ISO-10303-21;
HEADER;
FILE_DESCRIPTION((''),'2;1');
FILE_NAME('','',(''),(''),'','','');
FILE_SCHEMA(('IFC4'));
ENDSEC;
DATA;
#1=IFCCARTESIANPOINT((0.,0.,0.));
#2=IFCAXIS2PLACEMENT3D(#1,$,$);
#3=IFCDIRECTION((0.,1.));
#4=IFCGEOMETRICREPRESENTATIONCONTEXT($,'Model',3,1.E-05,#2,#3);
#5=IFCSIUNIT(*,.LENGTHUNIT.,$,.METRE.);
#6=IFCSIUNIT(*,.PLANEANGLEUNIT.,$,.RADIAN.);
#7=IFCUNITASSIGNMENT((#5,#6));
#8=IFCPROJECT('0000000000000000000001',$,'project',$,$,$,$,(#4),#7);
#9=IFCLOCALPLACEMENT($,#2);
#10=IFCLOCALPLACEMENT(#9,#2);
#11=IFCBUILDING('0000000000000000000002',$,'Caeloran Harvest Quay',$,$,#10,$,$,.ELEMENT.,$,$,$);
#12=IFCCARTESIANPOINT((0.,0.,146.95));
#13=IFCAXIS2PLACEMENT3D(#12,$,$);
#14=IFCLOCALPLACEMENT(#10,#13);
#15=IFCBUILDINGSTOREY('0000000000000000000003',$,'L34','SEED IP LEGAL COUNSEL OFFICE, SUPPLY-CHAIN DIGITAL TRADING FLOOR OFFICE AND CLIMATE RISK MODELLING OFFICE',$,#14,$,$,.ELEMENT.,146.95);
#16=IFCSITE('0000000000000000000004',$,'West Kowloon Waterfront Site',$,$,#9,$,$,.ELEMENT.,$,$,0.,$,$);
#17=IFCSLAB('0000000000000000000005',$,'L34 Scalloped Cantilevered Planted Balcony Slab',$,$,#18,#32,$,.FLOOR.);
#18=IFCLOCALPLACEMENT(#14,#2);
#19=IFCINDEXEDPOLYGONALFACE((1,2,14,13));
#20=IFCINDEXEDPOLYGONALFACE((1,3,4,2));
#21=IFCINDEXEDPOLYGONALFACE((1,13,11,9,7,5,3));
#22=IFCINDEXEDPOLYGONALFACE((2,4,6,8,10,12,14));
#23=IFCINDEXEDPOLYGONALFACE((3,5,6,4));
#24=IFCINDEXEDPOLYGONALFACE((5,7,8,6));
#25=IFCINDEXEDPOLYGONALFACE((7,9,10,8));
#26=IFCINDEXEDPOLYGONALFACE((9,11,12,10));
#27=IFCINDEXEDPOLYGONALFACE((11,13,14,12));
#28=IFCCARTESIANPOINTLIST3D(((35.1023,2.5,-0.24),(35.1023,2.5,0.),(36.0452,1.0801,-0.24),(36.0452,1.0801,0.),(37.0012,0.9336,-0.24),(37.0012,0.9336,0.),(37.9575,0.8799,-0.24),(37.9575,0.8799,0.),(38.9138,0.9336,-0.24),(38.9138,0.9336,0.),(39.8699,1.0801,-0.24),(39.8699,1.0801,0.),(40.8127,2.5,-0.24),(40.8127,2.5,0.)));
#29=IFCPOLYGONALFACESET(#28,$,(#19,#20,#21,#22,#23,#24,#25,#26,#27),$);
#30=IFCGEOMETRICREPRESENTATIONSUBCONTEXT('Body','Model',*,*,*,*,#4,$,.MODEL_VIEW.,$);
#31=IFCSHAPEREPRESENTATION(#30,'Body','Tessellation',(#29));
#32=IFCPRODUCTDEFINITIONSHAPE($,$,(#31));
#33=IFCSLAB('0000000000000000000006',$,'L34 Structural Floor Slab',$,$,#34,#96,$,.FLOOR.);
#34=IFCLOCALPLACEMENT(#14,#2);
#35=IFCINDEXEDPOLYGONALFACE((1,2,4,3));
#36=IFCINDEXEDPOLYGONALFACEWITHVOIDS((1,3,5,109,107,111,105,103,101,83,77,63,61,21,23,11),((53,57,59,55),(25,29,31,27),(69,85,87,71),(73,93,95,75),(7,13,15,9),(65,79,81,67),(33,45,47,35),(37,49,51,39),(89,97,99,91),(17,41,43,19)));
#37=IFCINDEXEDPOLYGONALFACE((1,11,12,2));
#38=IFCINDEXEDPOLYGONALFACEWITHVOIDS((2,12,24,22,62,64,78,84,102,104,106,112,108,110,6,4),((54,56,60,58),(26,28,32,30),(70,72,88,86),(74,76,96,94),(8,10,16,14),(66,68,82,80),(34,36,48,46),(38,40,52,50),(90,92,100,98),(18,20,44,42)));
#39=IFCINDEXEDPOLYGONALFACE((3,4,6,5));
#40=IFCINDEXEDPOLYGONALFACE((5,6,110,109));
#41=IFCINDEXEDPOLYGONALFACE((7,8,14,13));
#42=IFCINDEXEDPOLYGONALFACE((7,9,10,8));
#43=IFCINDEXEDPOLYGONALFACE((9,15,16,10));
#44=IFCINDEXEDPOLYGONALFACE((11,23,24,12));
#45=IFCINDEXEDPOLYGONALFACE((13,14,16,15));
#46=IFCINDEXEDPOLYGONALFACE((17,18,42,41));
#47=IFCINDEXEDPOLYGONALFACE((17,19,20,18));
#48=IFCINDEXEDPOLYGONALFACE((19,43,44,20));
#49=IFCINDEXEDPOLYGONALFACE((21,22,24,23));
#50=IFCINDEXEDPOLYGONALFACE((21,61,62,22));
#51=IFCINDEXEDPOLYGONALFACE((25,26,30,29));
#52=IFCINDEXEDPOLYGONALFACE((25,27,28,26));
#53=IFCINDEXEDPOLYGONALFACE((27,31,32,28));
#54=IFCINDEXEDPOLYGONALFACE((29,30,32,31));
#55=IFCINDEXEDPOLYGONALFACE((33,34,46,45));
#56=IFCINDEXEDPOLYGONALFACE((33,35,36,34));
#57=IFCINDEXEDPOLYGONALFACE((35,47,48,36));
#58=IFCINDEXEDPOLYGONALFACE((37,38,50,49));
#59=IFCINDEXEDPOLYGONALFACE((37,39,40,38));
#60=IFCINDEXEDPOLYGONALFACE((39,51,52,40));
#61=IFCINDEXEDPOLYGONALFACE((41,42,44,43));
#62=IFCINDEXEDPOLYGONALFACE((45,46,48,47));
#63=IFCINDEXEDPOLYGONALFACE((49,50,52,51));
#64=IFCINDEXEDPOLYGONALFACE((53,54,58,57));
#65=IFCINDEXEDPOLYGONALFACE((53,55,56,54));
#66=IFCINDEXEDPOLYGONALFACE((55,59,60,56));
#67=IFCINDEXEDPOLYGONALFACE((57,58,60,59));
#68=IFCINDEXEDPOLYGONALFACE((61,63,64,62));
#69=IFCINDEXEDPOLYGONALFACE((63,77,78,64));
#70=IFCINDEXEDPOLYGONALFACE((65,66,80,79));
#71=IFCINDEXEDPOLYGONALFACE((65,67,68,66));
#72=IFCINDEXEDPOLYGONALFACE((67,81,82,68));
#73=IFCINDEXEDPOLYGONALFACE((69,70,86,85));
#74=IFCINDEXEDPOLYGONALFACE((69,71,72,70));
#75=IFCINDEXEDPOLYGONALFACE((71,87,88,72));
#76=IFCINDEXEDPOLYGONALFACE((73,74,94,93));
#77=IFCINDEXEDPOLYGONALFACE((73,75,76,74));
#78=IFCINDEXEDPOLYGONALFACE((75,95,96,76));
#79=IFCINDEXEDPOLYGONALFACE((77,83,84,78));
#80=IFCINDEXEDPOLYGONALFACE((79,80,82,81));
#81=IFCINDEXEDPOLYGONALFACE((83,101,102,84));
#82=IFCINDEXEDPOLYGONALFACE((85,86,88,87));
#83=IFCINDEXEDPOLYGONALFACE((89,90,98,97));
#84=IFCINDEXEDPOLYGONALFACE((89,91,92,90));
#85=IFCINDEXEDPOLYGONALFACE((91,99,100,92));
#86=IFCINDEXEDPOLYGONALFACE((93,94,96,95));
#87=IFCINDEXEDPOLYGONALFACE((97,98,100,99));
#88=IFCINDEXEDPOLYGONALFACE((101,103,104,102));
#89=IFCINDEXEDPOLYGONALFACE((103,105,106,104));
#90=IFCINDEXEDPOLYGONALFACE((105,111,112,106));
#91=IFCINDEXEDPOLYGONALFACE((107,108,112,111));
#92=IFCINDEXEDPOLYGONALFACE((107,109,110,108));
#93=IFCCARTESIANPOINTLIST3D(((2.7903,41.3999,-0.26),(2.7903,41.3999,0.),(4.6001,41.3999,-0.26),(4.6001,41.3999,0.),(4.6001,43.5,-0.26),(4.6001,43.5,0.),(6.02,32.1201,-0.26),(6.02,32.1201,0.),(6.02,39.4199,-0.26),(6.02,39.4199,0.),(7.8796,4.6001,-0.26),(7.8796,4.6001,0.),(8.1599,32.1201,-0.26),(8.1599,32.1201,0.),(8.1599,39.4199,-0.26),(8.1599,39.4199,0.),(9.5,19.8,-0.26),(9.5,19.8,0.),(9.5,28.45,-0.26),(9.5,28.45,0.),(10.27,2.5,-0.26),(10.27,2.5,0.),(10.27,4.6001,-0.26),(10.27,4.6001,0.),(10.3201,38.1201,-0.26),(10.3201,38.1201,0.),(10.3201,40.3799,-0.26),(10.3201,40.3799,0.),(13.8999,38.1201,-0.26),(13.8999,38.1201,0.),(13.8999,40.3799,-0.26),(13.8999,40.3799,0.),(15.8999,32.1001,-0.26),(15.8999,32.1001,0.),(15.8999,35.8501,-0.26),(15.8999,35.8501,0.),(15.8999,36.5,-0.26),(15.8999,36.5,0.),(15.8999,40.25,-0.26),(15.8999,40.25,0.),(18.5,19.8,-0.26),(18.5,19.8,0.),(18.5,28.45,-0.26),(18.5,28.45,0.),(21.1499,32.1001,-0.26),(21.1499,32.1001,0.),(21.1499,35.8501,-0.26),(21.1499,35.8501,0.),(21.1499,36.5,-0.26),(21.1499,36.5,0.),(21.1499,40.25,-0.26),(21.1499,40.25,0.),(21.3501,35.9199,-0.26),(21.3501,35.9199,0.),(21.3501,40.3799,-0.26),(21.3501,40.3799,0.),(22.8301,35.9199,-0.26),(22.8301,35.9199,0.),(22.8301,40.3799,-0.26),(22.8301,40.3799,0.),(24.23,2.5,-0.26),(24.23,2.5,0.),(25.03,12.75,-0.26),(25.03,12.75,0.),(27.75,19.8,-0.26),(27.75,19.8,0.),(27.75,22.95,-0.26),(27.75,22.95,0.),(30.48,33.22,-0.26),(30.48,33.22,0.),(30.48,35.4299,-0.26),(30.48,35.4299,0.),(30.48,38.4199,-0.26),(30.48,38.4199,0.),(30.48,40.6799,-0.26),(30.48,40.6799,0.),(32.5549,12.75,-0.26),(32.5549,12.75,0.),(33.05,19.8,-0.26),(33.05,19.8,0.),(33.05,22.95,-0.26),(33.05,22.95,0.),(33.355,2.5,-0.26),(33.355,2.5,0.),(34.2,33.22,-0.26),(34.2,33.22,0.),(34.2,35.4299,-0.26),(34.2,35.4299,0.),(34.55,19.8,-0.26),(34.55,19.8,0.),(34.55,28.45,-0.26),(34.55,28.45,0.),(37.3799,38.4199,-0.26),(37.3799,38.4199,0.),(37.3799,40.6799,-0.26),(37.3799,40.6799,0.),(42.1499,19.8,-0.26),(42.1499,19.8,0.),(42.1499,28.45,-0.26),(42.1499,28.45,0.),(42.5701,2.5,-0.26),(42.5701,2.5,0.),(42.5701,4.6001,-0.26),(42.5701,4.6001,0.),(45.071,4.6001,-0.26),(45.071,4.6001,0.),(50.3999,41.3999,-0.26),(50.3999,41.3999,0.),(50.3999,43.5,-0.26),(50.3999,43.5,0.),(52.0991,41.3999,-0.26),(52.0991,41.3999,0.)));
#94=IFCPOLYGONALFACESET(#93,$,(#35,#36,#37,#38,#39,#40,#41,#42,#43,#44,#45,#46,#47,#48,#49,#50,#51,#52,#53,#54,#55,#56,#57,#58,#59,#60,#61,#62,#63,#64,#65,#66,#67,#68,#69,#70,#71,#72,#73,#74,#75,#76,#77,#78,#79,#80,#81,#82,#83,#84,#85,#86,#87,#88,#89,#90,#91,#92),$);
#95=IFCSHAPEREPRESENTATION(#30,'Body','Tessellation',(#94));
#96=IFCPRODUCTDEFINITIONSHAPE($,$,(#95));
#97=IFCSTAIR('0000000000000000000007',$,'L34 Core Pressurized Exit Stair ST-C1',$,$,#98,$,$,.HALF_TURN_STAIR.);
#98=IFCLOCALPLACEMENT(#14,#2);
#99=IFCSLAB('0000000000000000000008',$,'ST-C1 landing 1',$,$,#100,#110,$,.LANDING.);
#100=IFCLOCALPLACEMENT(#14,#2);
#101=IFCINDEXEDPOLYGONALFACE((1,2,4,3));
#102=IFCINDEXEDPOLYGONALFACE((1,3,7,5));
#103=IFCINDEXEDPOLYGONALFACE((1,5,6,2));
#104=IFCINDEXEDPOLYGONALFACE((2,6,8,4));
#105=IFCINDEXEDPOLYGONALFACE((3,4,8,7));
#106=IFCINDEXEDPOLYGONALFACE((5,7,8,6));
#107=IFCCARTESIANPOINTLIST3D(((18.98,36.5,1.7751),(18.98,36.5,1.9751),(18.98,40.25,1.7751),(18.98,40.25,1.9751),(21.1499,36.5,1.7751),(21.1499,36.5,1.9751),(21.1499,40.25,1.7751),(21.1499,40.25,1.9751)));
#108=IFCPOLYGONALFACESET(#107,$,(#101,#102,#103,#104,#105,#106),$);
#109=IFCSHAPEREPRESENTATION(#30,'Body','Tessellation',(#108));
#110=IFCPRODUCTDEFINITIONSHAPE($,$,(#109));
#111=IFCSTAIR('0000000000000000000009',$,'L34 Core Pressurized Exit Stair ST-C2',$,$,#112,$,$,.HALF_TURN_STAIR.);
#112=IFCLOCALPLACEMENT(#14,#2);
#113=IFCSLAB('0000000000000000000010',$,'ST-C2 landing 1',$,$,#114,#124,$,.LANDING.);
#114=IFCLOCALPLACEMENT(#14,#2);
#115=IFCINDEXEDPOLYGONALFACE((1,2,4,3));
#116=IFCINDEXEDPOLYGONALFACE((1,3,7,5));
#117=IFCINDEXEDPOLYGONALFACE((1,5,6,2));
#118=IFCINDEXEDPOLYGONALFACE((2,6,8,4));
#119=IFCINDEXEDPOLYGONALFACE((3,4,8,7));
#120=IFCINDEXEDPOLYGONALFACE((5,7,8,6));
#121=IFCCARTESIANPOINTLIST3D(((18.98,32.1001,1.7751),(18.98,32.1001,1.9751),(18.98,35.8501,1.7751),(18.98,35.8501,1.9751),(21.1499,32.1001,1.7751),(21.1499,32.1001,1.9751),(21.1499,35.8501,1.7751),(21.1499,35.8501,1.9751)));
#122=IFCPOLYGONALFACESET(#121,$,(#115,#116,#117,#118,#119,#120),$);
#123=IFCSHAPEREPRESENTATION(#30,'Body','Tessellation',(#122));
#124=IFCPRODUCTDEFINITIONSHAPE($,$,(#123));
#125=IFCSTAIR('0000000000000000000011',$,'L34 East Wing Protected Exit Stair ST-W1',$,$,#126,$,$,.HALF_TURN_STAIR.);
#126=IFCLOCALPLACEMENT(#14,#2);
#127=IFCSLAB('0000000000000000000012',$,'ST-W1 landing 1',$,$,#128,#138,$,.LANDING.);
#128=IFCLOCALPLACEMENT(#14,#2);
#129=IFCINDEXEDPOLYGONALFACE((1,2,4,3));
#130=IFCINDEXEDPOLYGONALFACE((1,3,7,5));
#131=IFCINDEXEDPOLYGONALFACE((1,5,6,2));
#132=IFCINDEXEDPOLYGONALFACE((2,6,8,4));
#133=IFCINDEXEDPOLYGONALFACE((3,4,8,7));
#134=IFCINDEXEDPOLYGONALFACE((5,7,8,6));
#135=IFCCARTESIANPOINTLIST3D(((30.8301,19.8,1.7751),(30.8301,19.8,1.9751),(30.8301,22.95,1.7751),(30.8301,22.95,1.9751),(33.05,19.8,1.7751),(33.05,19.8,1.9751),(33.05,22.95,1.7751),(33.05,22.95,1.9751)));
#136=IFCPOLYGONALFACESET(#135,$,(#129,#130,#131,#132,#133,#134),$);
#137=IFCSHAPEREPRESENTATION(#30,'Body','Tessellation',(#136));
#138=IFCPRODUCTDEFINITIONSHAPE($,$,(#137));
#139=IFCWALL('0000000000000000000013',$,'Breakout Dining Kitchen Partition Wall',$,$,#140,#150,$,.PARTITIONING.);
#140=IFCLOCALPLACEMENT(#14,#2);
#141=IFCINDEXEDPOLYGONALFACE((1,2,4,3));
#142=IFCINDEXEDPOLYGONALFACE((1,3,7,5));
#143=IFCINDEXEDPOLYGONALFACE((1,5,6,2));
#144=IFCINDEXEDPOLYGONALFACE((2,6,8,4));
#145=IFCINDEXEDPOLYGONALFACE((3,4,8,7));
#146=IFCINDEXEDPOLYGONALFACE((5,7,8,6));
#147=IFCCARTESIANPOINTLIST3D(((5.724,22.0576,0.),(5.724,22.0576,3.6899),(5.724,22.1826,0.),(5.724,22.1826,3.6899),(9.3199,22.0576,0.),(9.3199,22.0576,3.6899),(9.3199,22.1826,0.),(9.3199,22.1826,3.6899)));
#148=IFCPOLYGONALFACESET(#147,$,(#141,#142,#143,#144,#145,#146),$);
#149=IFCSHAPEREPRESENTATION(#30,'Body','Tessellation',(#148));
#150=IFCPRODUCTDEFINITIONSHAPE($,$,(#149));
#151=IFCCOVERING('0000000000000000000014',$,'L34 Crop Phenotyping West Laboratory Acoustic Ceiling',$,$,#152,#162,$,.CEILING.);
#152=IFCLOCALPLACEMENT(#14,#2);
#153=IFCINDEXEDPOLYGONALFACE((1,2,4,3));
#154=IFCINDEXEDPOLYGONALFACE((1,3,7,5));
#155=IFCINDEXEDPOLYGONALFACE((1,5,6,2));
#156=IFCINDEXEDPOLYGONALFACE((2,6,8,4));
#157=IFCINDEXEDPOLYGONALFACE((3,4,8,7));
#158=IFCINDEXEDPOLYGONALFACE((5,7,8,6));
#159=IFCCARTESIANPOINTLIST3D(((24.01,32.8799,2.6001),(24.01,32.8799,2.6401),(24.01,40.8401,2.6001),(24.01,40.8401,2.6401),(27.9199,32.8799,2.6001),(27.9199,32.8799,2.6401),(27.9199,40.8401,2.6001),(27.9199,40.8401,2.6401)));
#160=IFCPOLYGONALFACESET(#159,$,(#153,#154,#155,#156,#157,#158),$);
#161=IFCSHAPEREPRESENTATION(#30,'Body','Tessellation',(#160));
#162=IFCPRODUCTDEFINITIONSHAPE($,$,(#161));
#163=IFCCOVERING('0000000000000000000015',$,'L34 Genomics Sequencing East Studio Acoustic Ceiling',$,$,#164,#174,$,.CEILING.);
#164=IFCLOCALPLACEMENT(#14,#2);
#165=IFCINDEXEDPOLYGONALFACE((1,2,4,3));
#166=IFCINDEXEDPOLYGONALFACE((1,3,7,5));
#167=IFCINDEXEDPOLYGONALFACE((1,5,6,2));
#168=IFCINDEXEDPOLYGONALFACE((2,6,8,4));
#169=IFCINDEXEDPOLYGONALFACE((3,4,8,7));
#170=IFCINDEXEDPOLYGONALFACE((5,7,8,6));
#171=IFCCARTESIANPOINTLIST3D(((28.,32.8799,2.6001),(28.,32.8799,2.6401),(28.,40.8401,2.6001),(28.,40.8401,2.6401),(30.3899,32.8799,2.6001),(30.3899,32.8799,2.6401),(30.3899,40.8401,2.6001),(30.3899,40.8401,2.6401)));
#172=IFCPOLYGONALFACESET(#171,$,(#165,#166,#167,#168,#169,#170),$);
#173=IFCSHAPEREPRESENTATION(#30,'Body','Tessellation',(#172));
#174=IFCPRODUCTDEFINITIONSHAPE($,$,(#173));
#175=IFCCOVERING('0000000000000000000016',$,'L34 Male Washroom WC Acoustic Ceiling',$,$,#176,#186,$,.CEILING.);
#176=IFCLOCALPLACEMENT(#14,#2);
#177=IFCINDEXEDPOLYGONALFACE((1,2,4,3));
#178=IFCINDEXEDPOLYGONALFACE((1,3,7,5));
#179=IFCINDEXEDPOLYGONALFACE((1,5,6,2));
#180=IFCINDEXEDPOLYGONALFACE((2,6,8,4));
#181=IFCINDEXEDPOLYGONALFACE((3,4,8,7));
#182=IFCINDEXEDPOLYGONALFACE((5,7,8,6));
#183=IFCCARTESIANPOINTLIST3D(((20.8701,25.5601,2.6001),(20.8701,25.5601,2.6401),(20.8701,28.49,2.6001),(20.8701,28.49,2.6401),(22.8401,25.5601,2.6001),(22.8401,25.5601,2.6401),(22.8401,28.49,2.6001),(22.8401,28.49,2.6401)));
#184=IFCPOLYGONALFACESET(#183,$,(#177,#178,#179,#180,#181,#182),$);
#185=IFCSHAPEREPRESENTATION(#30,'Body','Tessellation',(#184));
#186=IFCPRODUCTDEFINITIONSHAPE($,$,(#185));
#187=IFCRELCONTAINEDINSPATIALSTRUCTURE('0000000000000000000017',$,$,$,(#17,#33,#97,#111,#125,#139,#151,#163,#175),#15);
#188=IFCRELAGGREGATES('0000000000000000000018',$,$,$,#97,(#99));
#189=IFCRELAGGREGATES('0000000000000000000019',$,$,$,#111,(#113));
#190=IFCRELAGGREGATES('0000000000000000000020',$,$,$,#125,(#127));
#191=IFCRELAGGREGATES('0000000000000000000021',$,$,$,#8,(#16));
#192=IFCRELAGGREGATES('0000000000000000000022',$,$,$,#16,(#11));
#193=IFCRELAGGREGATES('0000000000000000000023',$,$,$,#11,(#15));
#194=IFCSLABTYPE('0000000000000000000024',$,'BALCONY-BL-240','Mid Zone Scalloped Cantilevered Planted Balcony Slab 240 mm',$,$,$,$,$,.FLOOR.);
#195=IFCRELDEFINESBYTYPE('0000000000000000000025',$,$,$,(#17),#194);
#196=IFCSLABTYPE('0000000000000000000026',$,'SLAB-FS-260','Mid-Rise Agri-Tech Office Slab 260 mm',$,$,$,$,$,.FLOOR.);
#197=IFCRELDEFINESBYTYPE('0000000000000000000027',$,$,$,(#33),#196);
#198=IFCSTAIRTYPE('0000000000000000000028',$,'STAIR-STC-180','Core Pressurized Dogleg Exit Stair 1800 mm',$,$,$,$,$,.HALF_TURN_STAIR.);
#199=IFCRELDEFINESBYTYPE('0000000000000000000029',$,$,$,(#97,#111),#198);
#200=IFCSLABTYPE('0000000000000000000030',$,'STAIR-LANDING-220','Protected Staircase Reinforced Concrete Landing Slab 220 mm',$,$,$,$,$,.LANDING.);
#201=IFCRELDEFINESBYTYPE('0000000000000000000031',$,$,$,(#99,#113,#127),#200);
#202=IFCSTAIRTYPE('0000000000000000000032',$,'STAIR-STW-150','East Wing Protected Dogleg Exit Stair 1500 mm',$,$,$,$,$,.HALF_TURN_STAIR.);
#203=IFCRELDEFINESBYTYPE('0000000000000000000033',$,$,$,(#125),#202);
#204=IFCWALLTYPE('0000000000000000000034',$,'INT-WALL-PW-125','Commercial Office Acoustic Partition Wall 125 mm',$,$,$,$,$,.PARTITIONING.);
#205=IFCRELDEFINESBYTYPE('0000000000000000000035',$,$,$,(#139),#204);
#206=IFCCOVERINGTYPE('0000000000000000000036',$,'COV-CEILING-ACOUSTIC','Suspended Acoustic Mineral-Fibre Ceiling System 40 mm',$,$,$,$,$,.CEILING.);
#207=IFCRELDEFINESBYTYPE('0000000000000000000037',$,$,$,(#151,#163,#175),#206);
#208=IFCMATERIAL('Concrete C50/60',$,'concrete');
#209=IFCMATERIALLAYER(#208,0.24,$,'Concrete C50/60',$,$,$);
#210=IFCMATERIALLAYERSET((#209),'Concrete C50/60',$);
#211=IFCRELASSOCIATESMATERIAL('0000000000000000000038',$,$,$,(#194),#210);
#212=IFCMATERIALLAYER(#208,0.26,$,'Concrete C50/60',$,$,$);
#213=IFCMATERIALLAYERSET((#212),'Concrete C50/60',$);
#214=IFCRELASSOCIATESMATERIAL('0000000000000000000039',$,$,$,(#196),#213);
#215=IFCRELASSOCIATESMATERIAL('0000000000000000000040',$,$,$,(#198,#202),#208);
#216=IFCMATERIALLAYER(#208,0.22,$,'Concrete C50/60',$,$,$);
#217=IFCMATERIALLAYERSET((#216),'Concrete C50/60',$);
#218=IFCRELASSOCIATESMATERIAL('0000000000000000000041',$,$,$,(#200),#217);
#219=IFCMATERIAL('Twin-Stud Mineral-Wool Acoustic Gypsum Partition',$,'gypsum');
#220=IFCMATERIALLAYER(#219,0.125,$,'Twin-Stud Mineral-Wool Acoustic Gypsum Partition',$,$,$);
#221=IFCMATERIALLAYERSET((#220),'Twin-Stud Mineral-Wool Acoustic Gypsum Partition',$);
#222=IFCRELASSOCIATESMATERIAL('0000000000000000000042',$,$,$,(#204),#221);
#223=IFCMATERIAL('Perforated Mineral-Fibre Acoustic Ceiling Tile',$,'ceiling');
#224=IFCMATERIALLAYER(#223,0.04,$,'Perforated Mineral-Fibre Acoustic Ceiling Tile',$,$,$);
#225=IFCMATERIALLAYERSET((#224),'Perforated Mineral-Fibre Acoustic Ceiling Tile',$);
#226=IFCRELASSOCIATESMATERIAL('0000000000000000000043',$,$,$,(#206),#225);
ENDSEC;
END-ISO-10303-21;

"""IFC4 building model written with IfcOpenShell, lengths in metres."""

from ifc_helpers import new_model, si_unit, direction, frame, frame_2d, origin, place, context, subcontext, project, spatial, polyline, rectangle, outline, extrude, material, layer, layer_set, type_object, element, aggregate, save


model = new_model("IFC4")

# Units and contexts
model_context = context("Model", 3, precision=1e-05, world=origin(), true_north=direction((0.0, 1.0)))
body_context = subcontext(model_context, "Body", "Model", "MODEL_VIEW")
ifc_project = project(units=[si_unit("LENGTHUNIT", "METRE"), si_unit("PLANEANGLEUNIT", "RADIAN")], contexts=[model_context])

# Site, building, storey
site_placement = place(None, origin())
site = spatial("IfcSite", under=ifc_project, at=site_placement, Name="West Kowloon Waterfront Site", CompositionType="ELEMENT", RefElevation=0.0)
building_placement = place(site_placement, origin())
building = spatial("IfcBuilding", under=site, at=building_placement, Name="Caeloran Harvest Quay", CompositionType="ELEMENT")
storey_placement = place(building_placement, frame((0.0, 0.0, 146.95)))
storey = spatial("IfcBuildingStorey", under=building, at=storey_placement, Name="L34", Description="SEED IP LEGAL COUNSEL OFFICE, SUPPLY-CHAIN DIGITAL TRADING FLOOR OFFICE AND CLIMATE RISK MODELLING OFFICE", CompositionType="ELEMENT", Elevation=146.95)

# Slabs
ifc_material_1 = material(Name="Concrete C50/60", Category="concrete")
ifc_layer_1 = layer(ifc_material_1, 0.24, Name="Concrete C50/60")
ifc_layer_set_1 = layer_set([ifc_layer_1], Name="Concrete C50/60")
slab_type_1 = type_object("IfcSlabType", Name="BALCONY-BL-240", Description="Mid Zone Scalloped Cantilevered Planted Balcony Slab 240 mm", PredefinedType="FLOOR", material=ifc_layer_set_1)
slab_1_placement = place(storey_placement, frame((0.0, 0.0, -0.24)))
element("IfcSlab", 1, at=slab_1_placement, inside=storey, type_object=slab_type_1, Name="L34 Scalloped Cantilevered Planted Balcony Slab", PredefinedType="FLOOR", context=body_context, shape_type="SweptSolid", body=[
    extrude(outline(polyline([(39.8699, 1.0801), (38.9138, 0.9336), (37.9575, 0.8799), (37.0012, 0.9336), (36.0452, 1.0801), (35.1023, 2.5), (40.8127, 2.5), (39.8699, 1.0801)])), origin(), (0.0, 0.0, 1.0), 0.24),
])
ifc_layer_2 = layer(ifc_material_1, 0.26, Name="Concrete C50/60")
ifc_layer_set_2 = layer_set([ifc_layer_2], Name="Concrete C50/60")
slab_type_2 = type_object("IfcSlabType", Name="SLAB-FS-260", Description="Mid-Rise Agri-Tech Office Slab 260 mm", PredefinedType="FLOOR", material=ifc_layer_set_2)
slab_2_placement = place(storey_placement, frame((0.0, 0.0, -0.26)))
element("IfcSlab", 2, at=slab_2_placement, inside=storey, type_object=slab_type_2, Name="L34 Structural Floor Slab", PredefinedType="FLOOR", context=body_context, shape_type="SweptSolid", body=[
    extrude(outline(polyline([(10.27, 2.5), (24.23, 2.5), (25.03, 12.75), (32.5549, 12.75), (33.355, 2.5), (42.5701, 2.5), (42.5701, 4.6001), (45.071, 4.6001), (52.0991, 41.3999), (50.3999, 41.3999), (50.3999, 43.5), (4.6001, 43.5), (4.6001, 41.3999), (2.7903, 41.3999), (7.8796, 4.6001), (10.27, 4.6001), (10.27, 2.5)]), holes=[polyline([(27.75, 19.8), (27.75, 22.95), (33.05, 22.95), (33.05, 19.8), (27.75, 19.8)]), polyline([(18.5, 19.8), (9.5, 19.8), (9.5, 28.45), (18.5, 28.45), (18.5, 19.8)]), polyline([(42.1499, 19.8), (34.55, 19.8), (34.55, 28.45), (42.1499, 28.45), (42.1499, 19.8)]), polyline([(15.8999, 35.8501), (21.1499, 35.8501), (21.1499, 32.1001), (15.8999, 32.1001), (15.8999, 35.8501)]), polyline([(30.48, 33.22), (30.48, 35.4299), (34.2, 35.4299), (34.2, 33.22), (30.48, 33.22)]), polyline([(8.1599, 32.1201), (6.02, 32.1201), (6.02, 39.4199), (8.1599, 39.4199), (8.1599, 32.1201)]), polyline([(22.8301, 35.9199), (21.3501, 35.9199), (21.3501, 40.3799), (22.8301, 40.3799), (22.8301, 35.9199)]), polyline([(15.8999, 36.5), (15.8999, 40.25), (21.1499, 40.25), (21.1499, 36.5), (15.8999, 36.5)]), polyline([(10.3201, 38.1201), (10.3201, 40.3799), (13.8999, 40.3799), (13.8999, 38.1201), (10.3201, 38.1201)]), polyline([(30.48, 38.4199), (30.48, 40.6799), (37.3799, 40.6799), (37.3799, 38.4199), (30.48, 38.4199)])]), origin(), (0.0, 0.0, 1.0), 0.26),
])

# Stairs, slabs
stair_type_1 = type_object("IfcStairType", Name="STAIR-STC-180", Description="Core Pressurized Dogleg Exit Stair 1800 mm", PredefinedType="HALF_TURN_STAIR", material=ifc_material_1)
stair_1_placement = place(storey_placement, origin())
stair_1 = element("IfcStair", 3, at=stair_1_placement, inside=storey, type_object=stair_type_1, Name="L34 Core Pressurized Exit Stair ST-C1", PredefinedType="HALF_TURN_STAIR")
ifc_layer_3 = layer(ifc_material_1, 0.22, Name="Concrete C50/60")
ifc_layer_set_3 = layer_set([ifc_layer_3], Name="Concrete C50/60")
slab_type_3 = type_object("IfcSlabType", Name="STAIR-LANDING-220", Description="Protected Staircase Reinforced Concrete Landing Slab 220 mm", PredefinedType="LANDING", material=ifc_layer_set_3)
slab_3_placement = place(storey_placement, frame((0.0, 0.0, 1.7751)))
slab_3 = element("IfcSlab", 4, at=slab_3_placement, type_object=slab_type_3, Name="ST-C1 landing 1", PredefinedType="LANDING", context=body_context, shape_type="SweptSolid", body=[
    extrude(outline(polyline([(18.98, 36.5), (21.1499, 36.5), (21.1499, 40.25), (18.98, 40.25), (18.98, 36.5)])), origin(), (0.0, 0.0, 1.0), 0.2),
])
aggregate(stair_1, [slab_3])
stair_2_placement = place(storey_placement, origin())
stair_2 = element("IfcStair", 5, at=stair_2_placement, inside=storey, type_object=stair_type_1, Name="L34 Core Pressurized Exit Stair ST-C2", PredefinedType="HALF_TURN_STAIR")
slab_4_placement = place(storey_placement, frame((0.0, 0.0, 1.7751)))
slab_4 = element("IfcSlab", 6, at=slab_4_placement, type_object=slab_type_3, Name="ST-C2 landing 1", PredefinedType="LANDING", context=body_context, shape_type="SweptSolid", body=[
    extrude(outline(polyline([(18.98, 32.1001), (21.1499, 32.1001), (21.1499, 35.8501), (18.98, 35.8501), (18.98, 32.1001)])), origin(), (0.0, 0.0, 1.0), 0.2),
])
aggregate(stair_2, [slab_4])
stair_type_2 = type_object("IfcStairType", Name="STAIR-STW-150", Description="East Wing Protected Dogleg Exit Stair 1500 mm", PredefinedType="HALF_TURN_STAIR", material=ifc_material_1)
stair_3_placement = place(storey_placement, origin())
stair_3 = element("IfcStair", 7, at=stair_3_placement, inside=storey, type_object=stair_type_2, Name="L34 East Wing Protected Exit Stair ST-W1", PredefinedType="HALF_TURN_STAIR")
slab_5_placement = place(storey_placement, frame((0.0, 0.0, 1.7751)))
slab_5 = element("IfcSlab", 8, at=slab_5_placement, type_object=slab_type_3, Name="ST-W1 landing 1", PredefinedType="LANDING", context=body_context, shape_type="SweptSolid", body=[
    extrude(outline(polyline([(30.8301, 19.8), (33.05, 19.8), (33.05, 22.95), (30.8301, 22.95), (30.8301, 19.8)])), origin(), (0.0, 0.0, 1.0), 0.2),
])
aggregate(stair_3, [slab_5])

# Wall
ifc_material_2 = material(Name="Twin-Stud Mineral-Wool Acoustic Gypsum Partition", Category="gypsum")
ifc_layer_4 = layer(ifc_material_2, 0.125, Name="Twin-Stud Mineral-Wool Acoustic Gypsum Partition")
ifc_layer_set_4 = layer_set([ifc_layer_4], Name="Twin-Stud Mineral-Wool Acoustic Gypsum Partition")
wall_type = type_object("IfcWallType", Name="INT-WALL-PW-125", Description="Commercial Office Acoustic Partition Wall 125 mm", PredefinedType="PARTITIONING", material=ifc_layer_set_4)
wall_placement = place(storey_placement, frame((5.7241, 22.1201, 0.0), z_axis=(0.0, 0.0, 1.0), x_axis=(1.0, 0.0, 0.0)))
element("IfcWall", 9, at=wall_placement, inside=storey, type_object=wall_type, Name="Breakout Dining Kitchen Partition Wall", PredefinedType="PARTITIONING", context=body_context, shape_type="SweptSolid", body=[
    extrude(rectangle(XDim=3.5959, YDim=0.125, at=frame_2d((1.7979, 0.0))), origin(), (0.0, 0.0, 1.0), 3.6899),
])

# Coverings
ifc_material_3 = material(Name="Perforated Mineral-Fibre Acoustic Ceiling Tile", Category="ceiling")
ifc_layer_5 = layer(ifc_material_3, 0.04, Name="Perforated Mineral-Fibre Acoustic Ceiling Tile")
ifc_layer_set_5 = layer_set([ifc_layer_5], Name="Perforated Mineral-Fibre Acoustic Ceiling Tile")
covering_type_1 = type_object("IfcCoveringType", Name="COV-CEILING-ACOUSTIC", Description="Suspended Acoustic Mineral-Fibre Ceiling System 40 mm", PredefinedType="CEILING", material=ifc_layer_set_5)
covering_1_placement = place(storey_placement, frame((0.0, 0.0, 2.6001)))
element("IfcCovering", 10, at=covering_1_placement, inside=storey, type_object=covering_type_1, Name="L34 Crop Phenotyping West Laboratory Acoustic Ceiling", PredefinedType="CEILING", context=body_context, shape_type="SweptSolid", body=[
    extrude(outline(polyline([(27.9199, 40.8401), (27.9199, 32.8799), (24.01, 32.8799), (24.01, 40.8401), (27.9199, 40.8401)])), origin(), (0.0, 0.0, 1.0), 0.04),
])
covering_2_placement = place(storey_placement, frame((0.0, 0.0, 2.6001)))
element("IfcCovering", 11, at=covering_2_placement, inside=storey, type_object=covering_type_1, Name="L34 Genomics Sequencing East Studio Acoustic Ceiling", PredefinedType="CEILING", context=body_context, shape_type="SweptSolid", body=[
    extrude(outline(polyline([(30.3899, 40.8401), (30.3899, 32.8799), (28.0, 32.8799), (28.0, 40.8401), (30.3899, 40.8401)])), origin(), (0.0, 0.0, 1.0), 0.04),
])
covering_3_placement = place(storey_placement, frame((0.0, 0.0, 2.6001)))
element("IfcCovering", 12, at=covering_3_placement, inside=storey, type_object=covering_type_1, Name="L34 Male Washroom WC Acoustic Ceiling", PredefinedType="CEILING", context=body_context, shape_type="SweptSolid", body=[
    extrude(outline(polyline([(22.8401, 25.5601), (20.8701, 25.5601), (20.8701, 28.49), (22.8401, 28.49), (22.8401, 25.5601)])), origin(), (0.0, 0.0, 1.0), 0.04),
])

save(model, "model.ifc")
